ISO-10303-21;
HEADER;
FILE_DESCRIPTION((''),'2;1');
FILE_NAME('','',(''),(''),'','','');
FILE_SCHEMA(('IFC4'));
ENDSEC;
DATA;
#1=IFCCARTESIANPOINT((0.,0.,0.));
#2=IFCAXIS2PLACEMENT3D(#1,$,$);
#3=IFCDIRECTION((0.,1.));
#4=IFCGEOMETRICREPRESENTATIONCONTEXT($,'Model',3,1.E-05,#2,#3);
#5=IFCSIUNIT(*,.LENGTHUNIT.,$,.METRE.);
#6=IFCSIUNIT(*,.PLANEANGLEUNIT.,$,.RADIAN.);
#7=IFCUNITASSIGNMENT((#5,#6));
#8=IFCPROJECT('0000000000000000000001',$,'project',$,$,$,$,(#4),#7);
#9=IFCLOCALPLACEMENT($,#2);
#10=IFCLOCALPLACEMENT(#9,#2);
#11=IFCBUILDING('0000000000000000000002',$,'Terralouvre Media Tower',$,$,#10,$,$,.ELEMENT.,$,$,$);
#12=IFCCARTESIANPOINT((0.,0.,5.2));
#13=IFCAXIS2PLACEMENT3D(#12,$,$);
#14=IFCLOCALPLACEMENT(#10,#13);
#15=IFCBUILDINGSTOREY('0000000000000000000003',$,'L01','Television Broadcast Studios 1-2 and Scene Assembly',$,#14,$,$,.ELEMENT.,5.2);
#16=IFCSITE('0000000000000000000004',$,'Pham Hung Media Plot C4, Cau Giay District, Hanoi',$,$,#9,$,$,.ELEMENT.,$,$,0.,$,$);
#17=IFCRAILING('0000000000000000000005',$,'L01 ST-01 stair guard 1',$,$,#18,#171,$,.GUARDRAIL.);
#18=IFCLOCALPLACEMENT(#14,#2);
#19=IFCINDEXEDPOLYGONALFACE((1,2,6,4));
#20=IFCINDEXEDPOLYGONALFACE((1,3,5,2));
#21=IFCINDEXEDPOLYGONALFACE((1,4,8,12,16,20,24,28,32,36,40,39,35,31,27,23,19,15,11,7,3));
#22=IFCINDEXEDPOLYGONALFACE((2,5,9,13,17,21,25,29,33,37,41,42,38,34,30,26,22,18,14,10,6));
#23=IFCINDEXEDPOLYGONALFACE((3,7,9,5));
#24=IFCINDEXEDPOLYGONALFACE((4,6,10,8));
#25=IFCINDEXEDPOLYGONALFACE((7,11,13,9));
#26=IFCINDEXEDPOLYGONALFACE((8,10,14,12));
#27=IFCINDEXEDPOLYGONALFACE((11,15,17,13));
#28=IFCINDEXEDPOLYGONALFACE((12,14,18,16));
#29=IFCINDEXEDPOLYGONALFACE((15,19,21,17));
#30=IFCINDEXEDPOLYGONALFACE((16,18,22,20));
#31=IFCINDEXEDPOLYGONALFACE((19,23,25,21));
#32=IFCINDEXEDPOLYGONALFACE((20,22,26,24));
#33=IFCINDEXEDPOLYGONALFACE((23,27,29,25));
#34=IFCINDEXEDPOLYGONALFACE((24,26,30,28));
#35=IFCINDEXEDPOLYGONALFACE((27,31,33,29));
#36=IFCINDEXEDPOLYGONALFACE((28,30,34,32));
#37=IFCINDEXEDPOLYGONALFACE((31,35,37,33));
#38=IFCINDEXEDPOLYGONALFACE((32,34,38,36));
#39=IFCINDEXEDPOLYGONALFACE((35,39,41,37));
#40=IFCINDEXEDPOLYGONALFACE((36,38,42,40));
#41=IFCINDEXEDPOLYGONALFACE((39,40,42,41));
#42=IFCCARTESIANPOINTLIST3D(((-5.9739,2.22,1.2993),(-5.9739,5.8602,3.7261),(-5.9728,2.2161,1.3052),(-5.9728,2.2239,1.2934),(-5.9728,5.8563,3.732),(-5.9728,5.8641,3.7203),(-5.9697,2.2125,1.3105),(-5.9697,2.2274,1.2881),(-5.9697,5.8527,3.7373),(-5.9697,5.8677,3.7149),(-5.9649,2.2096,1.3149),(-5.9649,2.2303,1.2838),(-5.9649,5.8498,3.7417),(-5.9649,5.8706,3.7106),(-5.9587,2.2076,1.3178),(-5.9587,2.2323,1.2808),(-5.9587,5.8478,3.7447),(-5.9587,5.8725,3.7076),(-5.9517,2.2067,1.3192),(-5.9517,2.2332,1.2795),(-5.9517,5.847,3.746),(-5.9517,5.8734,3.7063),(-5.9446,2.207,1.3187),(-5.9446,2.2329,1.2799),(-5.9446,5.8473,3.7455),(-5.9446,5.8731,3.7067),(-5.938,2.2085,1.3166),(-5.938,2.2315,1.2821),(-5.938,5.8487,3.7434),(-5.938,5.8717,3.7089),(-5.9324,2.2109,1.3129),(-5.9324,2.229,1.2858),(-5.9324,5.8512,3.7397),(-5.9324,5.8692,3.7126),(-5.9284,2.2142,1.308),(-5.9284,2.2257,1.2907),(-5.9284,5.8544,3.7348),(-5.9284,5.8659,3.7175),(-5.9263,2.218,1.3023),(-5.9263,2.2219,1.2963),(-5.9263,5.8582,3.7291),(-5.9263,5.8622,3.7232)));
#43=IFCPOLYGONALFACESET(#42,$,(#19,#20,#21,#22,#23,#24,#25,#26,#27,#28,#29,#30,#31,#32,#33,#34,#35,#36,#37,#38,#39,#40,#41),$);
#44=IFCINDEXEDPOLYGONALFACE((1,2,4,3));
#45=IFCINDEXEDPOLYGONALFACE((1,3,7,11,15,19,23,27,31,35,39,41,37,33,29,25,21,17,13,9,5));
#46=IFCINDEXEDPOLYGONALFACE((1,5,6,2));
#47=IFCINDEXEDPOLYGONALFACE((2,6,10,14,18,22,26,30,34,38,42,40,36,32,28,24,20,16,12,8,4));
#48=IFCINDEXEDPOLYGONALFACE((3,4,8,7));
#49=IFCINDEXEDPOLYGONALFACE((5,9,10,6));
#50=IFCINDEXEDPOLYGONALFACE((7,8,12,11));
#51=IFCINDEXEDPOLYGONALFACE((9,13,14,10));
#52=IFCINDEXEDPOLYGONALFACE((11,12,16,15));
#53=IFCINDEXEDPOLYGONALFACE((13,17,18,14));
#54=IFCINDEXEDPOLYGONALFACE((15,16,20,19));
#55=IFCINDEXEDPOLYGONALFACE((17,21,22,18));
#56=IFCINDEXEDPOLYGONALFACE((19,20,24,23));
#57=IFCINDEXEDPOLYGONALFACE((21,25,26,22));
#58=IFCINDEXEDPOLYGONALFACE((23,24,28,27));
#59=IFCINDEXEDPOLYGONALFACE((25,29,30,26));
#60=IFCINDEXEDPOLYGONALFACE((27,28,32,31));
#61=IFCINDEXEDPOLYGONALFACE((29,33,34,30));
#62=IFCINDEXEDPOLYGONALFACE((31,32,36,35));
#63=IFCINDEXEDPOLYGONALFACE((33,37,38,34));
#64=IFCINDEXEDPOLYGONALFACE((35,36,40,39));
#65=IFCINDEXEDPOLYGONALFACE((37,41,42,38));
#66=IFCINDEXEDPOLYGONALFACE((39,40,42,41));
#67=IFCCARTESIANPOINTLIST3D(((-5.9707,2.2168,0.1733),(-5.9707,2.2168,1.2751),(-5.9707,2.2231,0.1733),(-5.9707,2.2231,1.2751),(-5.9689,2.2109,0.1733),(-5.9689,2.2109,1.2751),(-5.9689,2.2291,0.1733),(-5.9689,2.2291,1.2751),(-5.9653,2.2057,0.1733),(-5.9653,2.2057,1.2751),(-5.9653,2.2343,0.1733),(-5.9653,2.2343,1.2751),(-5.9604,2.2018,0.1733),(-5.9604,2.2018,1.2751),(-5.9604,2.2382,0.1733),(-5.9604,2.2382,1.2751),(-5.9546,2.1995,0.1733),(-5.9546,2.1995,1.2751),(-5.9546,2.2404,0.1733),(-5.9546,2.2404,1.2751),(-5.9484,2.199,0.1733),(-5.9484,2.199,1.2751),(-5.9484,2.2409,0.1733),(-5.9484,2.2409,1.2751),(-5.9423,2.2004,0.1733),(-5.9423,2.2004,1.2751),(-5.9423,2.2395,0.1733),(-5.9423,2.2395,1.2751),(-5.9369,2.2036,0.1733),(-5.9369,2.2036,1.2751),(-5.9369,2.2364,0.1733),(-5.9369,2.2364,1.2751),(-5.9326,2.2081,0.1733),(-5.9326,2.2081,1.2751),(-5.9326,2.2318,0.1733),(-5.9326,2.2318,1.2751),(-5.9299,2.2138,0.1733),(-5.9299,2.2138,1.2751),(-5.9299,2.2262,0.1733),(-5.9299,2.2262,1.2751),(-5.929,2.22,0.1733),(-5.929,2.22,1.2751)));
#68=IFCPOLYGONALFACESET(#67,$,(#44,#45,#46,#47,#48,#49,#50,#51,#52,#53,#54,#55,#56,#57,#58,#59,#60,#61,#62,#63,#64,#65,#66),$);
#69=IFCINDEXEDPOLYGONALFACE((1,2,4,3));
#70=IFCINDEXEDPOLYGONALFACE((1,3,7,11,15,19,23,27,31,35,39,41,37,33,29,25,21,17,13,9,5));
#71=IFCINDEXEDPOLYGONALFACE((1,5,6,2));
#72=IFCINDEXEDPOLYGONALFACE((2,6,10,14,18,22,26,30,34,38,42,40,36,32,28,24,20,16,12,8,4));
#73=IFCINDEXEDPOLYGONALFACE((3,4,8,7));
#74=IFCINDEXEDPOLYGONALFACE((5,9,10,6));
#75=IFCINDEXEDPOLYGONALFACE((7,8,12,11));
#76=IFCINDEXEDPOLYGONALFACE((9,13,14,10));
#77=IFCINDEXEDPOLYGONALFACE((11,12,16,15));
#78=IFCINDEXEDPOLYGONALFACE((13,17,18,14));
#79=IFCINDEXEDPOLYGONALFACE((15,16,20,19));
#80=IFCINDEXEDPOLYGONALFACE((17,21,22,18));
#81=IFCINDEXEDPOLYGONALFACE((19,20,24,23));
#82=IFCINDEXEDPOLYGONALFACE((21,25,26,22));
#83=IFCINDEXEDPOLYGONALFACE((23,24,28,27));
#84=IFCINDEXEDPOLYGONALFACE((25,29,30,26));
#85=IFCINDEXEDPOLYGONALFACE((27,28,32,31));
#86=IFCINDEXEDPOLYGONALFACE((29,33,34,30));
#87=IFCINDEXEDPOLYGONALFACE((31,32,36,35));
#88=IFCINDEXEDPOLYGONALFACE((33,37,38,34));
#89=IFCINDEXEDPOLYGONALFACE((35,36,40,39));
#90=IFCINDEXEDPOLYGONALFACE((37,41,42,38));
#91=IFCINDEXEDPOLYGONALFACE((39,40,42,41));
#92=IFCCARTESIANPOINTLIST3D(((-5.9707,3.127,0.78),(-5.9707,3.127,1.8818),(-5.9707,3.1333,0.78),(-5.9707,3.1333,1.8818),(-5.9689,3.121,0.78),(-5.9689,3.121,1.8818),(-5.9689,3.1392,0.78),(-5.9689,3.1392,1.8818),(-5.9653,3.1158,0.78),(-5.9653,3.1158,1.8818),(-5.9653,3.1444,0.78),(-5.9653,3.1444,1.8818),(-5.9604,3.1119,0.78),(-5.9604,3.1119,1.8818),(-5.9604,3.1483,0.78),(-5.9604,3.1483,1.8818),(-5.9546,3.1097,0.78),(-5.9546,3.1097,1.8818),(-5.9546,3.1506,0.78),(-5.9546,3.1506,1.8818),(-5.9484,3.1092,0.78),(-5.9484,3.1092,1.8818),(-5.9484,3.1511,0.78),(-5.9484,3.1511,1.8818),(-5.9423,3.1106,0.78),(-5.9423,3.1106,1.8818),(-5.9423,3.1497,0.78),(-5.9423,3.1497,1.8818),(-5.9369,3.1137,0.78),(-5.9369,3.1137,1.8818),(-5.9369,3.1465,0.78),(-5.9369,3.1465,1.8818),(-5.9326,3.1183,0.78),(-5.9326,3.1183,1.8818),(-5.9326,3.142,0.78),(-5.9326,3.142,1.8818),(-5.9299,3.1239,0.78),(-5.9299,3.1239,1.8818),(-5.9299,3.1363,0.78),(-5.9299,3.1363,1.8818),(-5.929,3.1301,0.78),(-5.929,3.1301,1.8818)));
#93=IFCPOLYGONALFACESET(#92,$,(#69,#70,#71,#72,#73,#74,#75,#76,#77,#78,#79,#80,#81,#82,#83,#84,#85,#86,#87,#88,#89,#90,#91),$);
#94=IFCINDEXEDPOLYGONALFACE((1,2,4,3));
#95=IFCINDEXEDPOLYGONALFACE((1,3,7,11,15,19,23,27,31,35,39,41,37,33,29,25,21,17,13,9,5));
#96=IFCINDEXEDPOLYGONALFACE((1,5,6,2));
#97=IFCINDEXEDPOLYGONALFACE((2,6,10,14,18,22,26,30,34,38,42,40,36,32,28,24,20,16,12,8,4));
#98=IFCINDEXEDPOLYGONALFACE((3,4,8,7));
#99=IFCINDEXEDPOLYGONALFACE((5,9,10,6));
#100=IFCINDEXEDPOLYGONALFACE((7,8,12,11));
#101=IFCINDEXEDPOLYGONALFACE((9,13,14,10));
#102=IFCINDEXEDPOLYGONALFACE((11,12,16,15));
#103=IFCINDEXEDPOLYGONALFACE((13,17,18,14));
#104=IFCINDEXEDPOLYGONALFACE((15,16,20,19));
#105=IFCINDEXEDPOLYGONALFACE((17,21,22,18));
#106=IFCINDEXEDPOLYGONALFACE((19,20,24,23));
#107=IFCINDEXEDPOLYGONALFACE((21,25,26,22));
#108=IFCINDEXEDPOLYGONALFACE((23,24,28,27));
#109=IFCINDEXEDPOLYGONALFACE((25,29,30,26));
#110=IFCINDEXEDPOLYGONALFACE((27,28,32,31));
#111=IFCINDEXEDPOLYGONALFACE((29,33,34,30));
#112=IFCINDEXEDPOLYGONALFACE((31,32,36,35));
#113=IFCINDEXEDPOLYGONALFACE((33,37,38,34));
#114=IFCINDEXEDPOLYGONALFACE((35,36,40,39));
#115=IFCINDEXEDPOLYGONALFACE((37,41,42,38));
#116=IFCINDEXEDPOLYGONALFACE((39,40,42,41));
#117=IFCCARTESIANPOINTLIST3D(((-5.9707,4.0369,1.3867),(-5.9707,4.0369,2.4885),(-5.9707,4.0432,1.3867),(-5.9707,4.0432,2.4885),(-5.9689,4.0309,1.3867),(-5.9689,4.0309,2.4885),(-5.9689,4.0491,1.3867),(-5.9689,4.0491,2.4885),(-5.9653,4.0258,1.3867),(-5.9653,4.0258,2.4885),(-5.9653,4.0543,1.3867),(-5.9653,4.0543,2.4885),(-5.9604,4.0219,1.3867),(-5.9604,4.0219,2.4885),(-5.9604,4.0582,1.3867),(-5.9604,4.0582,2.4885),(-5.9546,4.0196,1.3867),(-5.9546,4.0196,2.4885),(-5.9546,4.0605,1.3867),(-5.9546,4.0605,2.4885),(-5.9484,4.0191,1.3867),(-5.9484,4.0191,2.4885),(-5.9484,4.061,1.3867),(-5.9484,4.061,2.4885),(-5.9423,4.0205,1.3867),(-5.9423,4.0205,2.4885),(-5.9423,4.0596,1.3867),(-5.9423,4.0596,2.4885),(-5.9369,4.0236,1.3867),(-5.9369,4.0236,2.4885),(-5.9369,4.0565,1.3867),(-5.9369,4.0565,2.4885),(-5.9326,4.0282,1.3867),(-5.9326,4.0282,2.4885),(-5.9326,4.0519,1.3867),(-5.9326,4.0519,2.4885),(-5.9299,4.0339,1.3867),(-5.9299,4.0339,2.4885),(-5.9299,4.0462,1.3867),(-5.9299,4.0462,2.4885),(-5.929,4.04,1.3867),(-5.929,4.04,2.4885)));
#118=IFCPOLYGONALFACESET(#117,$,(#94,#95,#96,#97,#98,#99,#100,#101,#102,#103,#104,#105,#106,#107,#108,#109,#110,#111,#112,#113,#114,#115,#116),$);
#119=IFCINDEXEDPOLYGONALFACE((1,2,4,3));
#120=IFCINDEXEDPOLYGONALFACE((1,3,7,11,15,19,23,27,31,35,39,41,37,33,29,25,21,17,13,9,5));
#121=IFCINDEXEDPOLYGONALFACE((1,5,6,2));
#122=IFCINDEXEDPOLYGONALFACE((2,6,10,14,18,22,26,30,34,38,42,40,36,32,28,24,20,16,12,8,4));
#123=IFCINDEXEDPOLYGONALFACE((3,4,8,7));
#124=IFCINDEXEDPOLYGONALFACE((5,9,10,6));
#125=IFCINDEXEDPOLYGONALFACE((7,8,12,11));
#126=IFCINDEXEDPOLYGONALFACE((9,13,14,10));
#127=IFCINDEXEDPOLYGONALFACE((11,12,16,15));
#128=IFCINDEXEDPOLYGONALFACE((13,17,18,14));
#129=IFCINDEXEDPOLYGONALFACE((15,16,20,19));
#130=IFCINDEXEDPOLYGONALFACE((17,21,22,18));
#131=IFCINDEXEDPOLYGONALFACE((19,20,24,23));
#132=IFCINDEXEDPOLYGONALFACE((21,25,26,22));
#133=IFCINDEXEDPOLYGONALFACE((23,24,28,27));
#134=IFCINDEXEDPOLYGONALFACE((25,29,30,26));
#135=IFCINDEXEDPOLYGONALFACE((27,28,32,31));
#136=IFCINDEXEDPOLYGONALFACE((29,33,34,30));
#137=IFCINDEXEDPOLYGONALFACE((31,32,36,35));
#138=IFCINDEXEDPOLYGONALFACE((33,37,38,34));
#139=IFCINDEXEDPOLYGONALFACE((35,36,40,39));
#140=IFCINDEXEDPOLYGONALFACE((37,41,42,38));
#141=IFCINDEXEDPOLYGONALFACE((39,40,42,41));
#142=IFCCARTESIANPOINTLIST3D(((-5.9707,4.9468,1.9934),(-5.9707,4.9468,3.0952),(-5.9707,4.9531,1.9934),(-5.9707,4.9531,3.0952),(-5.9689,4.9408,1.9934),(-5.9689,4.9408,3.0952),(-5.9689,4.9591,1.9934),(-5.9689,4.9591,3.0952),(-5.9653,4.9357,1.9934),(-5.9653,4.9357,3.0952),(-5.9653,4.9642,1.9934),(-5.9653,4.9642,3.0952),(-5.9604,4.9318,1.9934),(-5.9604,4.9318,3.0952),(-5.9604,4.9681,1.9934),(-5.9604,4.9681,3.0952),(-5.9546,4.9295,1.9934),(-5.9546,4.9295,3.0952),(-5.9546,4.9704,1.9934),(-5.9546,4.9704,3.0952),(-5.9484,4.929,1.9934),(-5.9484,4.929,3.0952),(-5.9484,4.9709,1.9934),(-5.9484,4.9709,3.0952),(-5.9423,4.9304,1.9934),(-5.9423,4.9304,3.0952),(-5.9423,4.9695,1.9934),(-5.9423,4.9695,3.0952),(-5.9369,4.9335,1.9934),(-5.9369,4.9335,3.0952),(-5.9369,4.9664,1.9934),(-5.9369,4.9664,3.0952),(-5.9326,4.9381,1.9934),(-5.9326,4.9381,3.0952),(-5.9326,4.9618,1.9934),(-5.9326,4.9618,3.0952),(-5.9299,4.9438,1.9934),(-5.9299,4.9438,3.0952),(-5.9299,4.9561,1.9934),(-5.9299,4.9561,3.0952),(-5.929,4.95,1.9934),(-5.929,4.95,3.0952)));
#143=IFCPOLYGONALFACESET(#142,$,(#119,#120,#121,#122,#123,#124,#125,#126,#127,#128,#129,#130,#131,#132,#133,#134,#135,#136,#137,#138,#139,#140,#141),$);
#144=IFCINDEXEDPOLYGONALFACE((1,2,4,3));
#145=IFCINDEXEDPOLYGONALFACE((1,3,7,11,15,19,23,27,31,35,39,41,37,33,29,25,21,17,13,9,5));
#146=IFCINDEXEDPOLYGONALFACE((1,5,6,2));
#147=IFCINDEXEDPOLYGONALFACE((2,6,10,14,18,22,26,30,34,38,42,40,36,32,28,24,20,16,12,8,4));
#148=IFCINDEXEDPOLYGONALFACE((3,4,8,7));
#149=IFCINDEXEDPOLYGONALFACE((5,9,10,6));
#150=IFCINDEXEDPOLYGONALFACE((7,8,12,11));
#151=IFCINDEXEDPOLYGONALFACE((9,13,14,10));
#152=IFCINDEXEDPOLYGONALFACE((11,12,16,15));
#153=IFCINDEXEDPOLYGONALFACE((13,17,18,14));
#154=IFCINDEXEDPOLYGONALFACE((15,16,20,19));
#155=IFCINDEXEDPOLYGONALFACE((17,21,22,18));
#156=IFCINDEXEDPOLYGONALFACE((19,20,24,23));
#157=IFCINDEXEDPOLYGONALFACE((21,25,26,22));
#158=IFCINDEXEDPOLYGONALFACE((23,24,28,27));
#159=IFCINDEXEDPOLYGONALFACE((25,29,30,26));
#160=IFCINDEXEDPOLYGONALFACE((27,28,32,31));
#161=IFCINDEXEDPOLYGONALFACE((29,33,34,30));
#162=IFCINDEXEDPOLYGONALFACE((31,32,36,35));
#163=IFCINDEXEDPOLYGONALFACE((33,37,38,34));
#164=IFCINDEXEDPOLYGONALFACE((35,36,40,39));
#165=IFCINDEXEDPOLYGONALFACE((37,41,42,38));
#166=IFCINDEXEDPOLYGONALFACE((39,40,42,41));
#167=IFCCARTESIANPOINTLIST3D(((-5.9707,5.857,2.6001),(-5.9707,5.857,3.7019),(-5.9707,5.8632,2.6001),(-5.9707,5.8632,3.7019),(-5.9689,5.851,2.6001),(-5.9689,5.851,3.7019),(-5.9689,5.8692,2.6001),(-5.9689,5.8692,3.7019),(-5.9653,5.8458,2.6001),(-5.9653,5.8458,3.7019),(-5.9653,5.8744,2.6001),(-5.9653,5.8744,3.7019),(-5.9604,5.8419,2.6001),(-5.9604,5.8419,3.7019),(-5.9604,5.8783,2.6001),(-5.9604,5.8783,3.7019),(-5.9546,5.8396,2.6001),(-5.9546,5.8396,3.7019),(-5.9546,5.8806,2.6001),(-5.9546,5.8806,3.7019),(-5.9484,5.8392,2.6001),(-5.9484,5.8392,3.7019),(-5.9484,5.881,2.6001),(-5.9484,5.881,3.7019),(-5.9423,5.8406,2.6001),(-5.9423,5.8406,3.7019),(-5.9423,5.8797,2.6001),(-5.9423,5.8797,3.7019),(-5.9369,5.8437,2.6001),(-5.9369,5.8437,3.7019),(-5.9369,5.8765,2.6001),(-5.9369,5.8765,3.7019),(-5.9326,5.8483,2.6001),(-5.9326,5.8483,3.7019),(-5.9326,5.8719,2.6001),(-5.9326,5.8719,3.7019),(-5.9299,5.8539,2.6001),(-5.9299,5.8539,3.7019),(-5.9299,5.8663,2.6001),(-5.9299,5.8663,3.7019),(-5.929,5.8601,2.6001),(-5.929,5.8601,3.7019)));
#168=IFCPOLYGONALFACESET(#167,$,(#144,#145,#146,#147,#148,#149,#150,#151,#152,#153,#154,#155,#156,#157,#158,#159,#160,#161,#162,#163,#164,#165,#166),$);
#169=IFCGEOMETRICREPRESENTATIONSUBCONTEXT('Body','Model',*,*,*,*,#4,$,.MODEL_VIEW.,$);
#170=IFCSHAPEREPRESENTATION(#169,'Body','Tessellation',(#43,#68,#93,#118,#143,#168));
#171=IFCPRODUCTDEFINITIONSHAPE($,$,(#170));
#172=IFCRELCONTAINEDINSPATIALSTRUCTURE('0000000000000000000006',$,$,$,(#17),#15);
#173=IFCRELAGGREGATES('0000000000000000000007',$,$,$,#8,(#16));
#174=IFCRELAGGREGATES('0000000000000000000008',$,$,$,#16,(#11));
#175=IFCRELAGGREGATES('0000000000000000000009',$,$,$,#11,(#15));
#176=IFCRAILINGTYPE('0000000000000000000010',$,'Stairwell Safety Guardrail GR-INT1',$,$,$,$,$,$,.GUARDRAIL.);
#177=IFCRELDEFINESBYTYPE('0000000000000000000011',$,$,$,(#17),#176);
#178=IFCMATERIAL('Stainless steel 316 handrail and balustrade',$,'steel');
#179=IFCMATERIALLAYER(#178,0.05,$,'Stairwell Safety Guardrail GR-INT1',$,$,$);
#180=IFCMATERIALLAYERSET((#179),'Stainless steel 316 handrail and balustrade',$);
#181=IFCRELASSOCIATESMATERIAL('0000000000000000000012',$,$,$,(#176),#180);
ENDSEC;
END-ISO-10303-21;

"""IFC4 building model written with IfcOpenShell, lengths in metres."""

from ifc_helpers import new_model, si_unit, direction, frame, origin, origin_2d, place, context, subcontext, project, spatial, circle, extrude, material, layer, layer_set, type_object, element, save


model = new_model("IFC4")

# Units and contexts
model_context = context("Model", 3, precision=1e-05, world=origin(), true_north=direction((0.0, 1.0)))
body_context = subcontext(model_context, "Body", "Model", "MODEL_VIEW")
ifc_project = project(units=[si_unit("LENGTHUNIT", "METRE"), si_unit("PLANEANGLEUNIT", "RADIAN")], contexts=[model_context])

# Site, building, storey
site_placement = place(None, origin())
site = spatial("IfcSite", under=ifc_project, at=site_placement, Name="Pham Hung Media Plot C4, Cau Giay District, Hanoi", CompositionType="ELEMENT", RefElevation=0.0)
building_placement = place(site_placement, origin())
building = spatial("IfcBuilding", under=site, at=building_placement, Name="Terralouvre Media Tower", CompositionType="ELEMENT")
storey_placement = place(building_placement, frame((0.0, 0.0, 5.2)))
storey = spatial("IfcBuildingStorey", under=building, at=storey_placement, Name="L01", Description="Television Broadcast Studios 1-2 and Scene Assembly", CompositionType="ELEMENT", Elevation=5.2)

# Railing
ifc_material_1 = material(Name="Stainless steel 316 handrail and balustrade", Category="steel")
ifc_layer_1 = layer(ifc_material_1, 0.05, Name="Stairwell Safety Guardrail GR-INT1")
ifc_layer_set_1 = layer_set([ifc_layer_1], Name="Stainless steel 316 handrail and balustrade")
railing_type_1 = type_object("IfcRailingType", Name="Stairwell Safety Guardrail GR-INT1", PredefinedType="GUARDRAIL", material=ifc_layer_set_1)
railing_1_placement = place(storey_placement, frame((-5.95, 2.22, 0.1733)))
element("IfcRailing", 1, at=railing_1_placement, inside=storey, type_object=railing_type_1, Name="L01 ST-01 stair guard 1", PredefinedType="GUARDRAIL", context=body_context, shape_type="SweptSolid", body=[
    extrude(circle(Radius=0.0239, at=origin_2d()), frame((0.0, 0.0, 1.126), z_axis=(0.0, 0.83205, 0.5547), x_axis=(-1.0, 0.0, 0.0)), (0.0, 0.0, 1.0), 4.375),
    extrude(circle(Radius=0.021, at=origin_2d()), origin(), (0.0, 0.0, 1.0), 1.1018),
    extrude(circle(Radius=0.021, at=origin_2d()), frame((0.0, 0.9102, 0.6067)), (0.0, 0.0, 1.0), 1.1018),
    extrude(circle(Radius=0.021, at=origin_2d()), frame((0.0, 1.8201, 1.2134)), (0.0, 0.0, 1.0), 1.1018),
    extrude(circle(Radius=0.021, at=origin_2d()), frame((0.0, 2.73, 1.8201)), (0.0, 0.0, 1.0), 1.1018),
    extrude(circle(Radius=0.021, at=origin_2d()), frame((0.0, 3.6401, 2.4268)), (0.0, 0.0, 1.0), 1.1018),
])

save(model, "model.ifc")
